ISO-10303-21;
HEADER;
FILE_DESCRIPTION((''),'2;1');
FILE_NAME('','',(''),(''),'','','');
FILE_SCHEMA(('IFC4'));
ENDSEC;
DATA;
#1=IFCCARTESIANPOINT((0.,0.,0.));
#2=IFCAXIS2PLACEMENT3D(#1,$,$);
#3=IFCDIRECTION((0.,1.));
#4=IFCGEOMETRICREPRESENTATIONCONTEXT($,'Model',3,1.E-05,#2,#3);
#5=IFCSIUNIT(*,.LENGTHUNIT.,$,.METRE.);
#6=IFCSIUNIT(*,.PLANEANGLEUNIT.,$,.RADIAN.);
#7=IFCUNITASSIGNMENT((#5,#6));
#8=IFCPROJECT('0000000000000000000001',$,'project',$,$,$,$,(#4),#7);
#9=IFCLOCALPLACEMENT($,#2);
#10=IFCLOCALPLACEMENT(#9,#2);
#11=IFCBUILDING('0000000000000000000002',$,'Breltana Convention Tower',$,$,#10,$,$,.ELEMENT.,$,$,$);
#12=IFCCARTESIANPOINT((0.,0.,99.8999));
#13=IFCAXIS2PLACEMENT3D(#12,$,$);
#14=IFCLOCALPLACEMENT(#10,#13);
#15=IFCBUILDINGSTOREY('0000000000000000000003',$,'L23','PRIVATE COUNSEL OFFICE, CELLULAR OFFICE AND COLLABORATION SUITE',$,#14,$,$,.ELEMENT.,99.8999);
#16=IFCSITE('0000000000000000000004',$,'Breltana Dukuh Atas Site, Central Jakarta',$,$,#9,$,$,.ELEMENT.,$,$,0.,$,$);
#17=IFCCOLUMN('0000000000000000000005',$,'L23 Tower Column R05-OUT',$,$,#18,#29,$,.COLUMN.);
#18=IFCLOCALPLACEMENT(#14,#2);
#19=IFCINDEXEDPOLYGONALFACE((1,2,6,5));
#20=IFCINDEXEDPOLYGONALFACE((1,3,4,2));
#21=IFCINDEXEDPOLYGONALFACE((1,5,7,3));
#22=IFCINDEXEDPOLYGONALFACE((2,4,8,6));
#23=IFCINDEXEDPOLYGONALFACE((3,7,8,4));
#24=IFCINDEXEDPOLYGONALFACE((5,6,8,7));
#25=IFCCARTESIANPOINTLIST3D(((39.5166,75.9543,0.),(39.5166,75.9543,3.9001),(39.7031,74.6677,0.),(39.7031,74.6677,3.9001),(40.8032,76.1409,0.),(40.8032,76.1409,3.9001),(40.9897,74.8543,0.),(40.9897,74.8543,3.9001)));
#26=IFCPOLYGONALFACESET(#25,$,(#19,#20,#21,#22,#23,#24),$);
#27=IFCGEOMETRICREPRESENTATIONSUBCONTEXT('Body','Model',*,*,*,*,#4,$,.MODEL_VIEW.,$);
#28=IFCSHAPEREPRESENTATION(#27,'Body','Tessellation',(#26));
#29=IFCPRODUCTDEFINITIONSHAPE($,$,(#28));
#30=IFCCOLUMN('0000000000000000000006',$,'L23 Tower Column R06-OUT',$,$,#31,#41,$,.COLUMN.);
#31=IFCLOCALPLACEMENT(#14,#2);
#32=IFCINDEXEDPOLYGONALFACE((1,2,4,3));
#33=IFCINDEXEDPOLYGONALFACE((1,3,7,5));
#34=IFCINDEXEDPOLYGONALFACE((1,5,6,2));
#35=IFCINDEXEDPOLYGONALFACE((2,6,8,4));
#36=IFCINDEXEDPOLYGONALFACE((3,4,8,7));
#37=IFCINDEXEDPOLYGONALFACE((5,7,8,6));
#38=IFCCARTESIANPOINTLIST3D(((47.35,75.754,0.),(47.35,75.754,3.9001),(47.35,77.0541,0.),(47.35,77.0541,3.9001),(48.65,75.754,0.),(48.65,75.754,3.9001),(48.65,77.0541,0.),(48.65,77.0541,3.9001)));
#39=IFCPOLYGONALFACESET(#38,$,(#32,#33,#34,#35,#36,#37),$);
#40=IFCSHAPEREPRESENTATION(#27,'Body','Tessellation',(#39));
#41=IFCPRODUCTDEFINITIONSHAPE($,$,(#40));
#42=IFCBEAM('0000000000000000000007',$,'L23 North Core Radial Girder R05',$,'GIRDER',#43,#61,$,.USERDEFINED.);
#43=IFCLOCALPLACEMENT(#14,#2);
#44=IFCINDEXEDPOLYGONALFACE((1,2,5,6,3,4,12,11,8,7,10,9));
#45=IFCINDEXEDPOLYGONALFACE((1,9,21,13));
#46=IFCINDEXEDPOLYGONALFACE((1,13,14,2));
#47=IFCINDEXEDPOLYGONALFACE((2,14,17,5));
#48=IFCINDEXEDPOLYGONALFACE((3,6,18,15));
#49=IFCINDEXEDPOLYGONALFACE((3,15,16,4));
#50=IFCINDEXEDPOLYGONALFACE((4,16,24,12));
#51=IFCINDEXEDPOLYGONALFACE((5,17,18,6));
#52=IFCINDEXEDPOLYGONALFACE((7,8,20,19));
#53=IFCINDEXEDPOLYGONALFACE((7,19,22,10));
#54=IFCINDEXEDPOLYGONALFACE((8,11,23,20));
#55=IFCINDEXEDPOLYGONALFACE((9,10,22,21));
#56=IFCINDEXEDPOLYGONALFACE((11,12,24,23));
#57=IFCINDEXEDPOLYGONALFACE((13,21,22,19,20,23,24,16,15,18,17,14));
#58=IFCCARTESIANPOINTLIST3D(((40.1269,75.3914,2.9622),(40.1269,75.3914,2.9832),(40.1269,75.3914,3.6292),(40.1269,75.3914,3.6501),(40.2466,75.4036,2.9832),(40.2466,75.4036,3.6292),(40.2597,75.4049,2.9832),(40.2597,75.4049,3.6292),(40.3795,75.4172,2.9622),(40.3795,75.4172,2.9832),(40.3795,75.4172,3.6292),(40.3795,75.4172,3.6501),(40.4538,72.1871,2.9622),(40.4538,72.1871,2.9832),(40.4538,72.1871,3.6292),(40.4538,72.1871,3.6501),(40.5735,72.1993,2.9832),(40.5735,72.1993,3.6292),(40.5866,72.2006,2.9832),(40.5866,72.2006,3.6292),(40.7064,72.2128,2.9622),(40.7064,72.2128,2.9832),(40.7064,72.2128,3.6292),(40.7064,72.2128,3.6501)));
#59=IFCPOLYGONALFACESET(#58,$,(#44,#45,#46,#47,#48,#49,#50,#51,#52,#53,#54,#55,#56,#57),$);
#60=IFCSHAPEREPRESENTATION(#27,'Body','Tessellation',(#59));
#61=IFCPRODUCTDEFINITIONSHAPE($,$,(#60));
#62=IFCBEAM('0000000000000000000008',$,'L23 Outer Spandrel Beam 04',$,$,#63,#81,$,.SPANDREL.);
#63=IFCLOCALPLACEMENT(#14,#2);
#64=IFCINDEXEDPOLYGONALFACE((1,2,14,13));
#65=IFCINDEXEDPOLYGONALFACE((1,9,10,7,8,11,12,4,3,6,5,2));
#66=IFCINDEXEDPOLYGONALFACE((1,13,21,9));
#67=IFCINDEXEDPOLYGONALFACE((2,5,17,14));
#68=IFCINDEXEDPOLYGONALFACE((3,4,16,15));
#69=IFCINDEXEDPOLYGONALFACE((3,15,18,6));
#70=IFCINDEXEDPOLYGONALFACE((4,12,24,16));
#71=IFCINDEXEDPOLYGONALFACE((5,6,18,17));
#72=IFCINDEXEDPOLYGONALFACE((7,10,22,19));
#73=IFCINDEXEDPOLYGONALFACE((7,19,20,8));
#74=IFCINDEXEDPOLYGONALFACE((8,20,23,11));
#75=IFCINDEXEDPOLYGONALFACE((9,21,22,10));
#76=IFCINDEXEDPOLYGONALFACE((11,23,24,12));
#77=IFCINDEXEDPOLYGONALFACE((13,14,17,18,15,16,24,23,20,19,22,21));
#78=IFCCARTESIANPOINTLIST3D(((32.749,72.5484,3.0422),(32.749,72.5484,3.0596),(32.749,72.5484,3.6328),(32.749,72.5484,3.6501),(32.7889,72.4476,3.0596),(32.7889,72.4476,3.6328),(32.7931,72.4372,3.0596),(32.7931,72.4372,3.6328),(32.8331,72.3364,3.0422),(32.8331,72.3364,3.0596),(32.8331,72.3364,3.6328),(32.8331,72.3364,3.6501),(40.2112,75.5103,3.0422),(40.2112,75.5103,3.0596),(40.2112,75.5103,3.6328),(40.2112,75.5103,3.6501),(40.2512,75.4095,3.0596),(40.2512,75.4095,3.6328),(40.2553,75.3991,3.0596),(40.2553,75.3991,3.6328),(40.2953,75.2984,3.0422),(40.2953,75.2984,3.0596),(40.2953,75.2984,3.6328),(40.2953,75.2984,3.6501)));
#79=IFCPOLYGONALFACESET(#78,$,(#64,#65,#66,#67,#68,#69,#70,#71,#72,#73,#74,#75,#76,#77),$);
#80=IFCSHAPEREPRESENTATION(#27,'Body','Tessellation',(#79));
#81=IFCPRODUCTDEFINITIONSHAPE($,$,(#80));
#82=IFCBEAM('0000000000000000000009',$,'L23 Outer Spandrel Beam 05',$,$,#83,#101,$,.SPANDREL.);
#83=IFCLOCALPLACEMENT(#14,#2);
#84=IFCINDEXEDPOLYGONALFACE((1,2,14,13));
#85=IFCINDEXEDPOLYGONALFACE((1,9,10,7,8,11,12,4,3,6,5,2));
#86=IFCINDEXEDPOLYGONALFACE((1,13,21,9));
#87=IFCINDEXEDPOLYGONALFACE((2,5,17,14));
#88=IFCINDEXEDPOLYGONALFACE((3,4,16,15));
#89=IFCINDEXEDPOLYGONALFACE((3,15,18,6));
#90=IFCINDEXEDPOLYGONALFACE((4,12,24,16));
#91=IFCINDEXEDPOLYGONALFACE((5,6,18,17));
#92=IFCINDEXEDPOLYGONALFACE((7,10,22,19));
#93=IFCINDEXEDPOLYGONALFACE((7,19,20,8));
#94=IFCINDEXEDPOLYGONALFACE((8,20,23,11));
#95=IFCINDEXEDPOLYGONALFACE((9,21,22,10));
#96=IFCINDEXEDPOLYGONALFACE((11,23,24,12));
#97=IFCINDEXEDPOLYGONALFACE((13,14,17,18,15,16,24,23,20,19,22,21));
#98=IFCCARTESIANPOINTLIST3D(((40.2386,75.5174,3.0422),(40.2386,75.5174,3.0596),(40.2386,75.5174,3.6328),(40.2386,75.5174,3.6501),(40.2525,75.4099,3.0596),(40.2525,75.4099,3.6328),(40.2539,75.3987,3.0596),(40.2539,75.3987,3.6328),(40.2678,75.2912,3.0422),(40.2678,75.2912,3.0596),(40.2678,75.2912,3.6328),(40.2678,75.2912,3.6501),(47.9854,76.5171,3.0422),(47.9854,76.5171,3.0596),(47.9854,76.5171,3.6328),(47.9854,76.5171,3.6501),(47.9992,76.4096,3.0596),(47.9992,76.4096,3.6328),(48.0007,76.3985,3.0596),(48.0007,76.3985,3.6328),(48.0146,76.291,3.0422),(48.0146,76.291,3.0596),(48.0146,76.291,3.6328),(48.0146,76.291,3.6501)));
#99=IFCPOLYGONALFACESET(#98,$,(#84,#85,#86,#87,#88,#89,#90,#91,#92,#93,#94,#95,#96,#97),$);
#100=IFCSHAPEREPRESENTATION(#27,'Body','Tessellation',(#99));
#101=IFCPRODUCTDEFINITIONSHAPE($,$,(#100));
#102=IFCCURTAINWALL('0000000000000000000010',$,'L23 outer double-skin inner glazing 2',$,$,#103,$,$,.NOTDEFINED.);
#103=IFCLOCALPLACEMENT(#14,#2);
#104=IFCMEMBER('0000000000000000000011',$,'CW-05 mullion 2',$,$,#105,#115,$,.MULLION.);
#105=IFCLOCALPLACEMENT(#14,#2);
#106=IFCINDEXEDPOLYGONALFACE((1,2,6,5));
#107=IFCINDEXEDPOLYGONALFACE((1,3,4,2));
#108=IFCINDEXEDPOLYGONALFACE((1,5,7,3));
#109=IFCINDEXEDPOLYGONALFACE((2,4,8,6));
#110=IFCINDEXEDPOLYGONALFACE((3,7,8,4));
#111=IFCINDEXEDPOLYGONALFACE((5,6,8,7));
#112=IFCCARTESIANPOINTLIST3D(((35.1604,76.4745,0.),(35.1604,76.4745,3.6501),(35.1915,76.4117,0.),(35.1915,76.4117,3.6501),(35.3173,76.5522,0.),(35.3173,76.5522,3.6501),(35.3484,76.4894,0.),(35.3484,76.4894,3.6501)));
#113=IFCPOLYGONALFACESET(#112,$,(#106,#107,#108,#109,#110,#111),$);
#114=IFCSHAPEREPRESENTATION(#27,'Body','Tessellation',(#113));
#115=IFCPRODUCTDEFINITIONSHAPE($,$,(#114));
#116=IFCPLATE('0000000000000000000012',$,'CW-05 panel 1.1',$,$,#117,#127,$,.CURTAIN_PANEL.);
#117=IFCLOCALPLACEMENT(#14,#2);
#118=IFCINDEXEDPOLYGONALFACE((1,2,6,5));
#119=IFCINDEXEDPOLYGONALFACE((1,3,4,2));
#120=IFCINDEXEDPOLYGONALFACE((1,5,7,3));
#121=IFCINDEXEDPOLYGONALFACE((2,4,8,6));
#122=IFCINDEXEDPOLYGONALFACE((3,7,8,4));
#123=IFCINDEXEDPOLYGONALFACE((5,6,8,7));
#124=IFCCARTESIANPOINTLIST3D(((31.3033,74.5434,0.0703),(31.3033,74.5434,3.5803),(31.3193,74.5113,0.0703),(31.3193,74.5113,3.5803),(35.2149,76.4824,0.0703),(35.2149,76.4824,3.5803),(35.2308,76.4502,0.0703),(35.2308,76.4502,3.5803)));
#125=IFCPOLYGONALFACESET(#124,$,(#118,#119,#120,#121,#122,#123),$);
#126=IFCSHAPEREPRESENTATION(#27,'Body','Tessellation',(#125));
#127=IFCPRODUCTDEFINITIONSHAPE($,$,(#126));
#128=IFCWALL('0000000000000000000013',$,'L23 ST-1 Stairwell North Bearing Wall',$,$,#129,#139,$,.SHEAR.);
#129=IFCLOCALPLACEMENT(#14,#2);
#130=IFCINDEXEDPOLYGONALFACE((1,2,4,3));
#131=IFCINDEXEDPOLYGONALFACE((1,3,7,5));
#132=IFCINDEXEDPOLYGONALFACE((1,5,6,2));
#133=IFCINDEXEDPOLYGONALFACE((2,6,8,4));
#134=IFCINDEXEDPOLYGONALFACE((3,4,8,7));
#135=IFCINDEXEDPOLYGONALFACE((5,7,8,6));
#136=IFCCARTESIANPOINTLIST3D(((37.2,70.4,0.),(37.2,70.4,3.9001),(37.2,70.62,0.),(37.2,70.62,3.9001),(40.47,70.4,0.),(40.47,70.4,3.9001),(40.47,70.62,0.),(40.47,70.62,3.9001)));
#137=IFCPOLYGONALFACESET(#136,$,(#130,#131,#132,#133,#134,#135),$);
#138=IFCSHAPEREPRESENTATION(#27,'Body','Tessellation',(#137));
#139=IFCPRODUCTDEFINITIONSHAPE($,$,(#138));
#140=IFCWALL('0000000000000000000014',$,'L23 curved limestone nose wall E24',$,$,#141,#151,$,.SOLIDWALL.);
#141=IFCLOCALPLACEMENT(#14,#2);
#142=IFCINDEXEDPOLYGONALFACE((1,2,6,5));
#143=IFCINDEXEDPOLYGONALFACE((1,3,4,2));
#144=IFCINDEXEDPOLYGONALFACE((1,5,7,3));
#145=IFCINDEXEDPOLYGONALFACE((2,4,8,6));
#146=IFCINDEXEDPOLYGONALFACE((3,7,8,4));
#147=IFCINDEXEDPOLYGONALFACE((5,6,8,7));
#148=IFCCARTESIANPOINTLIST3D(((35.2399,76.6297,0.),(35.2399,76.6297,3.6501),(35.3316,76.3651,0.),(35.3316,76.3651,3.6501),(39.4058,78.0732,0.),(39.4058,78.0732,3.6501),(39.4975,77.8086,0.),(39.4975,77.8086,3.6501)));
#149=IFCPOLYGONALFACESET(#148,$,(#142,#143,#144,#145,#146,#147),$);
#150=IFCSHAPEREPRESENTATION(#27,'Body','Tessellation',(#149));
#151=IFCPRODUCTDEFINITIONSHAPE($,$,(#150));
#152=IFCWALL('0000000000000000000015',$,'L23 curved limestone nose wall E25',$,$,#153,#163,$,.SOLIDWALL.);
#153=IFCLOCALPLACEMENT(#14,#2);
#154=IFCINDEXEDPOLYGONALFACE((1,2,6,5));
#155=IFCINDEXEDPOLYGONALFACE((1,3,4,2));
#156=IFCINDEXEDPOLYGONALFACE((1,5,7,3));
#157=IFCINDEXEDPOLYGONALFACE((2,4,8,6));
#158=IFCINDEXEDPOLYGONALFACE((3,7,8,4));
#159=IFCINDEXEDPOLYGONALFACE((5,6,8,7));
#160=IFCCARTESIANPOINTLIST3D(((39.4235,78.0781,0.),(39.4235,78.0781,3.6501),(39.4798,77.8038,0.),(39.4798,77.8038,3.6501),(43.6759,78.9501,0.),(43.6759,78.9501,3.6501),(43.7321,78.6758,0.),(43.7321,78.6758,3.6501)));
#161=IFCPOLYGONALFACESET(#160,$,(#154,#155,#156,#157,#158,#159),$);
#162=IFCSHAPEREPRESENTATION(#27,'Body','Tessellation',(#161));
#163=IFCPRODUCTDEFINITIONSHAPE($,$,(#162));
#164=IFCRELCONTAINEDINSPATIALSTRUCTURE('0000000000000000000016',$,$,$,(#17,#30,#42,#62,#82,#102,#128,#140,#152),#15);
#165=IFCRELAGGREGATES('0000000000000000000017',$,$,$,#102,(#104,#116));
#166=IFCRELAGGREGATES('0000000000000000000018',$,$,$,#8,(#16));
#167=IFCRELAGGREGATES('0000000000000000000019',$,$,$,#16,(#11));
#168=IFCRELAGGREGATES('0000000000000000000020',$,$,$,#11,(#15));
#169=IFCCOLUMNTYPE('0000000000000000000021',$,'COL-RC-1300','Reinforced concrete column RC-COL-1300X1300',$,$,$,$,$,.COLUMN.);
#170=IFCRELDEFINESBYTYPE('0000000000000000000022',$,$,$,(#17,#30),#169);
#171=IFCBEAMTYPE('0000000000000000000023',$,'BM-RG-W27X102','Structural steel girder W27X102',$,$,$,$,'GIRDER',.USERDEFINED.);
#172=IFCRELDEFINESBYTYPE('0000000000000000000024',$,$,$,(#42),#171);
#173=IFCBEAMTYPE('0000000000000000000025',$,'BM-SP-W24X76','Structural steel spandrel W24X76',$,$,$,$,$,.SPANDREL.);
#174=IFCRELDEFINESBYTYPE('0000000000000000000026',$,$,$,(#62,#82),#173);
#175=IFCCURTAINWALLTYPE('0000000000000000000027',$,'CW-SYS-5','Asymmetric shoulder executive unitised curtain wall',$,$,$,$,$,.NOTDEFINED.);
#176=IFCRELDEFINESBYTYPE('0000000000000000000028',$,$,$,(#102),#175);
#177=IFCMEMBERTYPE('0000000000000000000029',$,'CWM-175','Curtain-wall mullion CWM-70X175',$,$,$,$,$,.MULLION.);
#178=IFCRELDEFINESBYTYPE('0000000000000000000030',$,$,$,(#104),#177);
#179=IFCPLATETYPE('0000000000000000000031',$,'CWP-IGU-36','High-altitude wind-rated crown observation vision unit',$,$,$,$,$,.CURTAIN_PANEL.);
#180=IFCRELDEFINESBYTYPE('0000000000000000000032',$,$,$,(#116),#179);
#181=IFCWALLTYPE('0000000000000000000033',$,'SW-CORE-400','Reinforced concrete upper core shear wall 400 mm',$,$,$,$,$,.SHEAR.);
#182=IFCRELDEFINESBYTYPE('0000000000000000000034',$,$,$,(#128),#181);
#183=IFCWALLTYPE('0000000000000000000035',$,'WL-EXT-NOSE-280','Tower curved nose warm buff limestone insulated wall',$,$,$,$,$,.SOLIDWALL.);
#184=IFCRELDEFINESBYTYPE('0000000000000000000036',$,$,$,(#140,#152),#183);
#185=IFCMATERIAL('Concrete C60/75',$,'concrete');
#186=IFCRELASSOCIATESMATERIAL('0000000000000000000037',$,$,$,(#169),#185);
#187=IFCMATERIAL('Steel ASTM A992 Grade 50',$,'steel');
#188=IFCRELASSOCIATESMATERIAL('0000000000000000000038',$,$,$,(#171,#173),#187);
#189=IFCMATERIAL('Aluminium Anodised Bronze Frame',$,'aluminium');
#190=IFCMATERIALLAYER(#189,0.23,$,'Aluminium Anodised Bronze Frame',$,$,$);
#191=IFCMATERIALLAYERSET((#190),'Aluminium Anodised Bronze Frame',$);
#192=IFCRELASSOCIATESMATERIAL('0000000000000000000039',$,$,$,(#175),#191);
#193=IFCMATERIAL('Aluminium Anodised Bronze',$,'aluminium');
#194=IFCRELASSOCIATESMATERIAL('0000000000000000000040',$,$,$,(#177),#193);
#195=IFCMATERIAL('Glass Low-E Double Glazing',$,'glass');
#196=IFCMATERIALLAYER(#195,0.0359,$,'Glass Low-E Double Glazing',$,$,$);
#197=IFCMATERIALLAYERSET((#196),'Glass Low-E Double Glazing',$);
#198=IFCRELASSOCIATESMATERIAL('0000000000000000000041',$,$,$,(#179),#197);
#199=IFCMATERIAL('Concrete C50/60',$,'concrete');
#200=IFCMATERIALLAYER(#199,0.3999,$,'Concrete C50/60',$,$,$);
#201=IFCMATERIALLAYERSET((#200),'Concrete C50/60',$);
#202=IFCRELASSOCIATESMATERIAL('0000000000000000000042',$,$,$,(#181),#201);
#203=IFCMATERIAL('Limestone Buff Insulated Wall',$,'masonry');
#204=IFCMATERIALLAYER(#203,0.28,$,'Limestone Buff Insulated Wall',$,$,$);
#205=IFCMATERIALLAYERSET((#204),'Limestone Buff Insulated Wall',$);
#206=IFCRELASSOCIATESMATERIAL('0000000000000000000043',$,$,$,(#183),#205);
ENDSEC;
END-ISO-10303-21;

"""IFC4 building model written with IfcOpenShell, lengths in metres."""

from ifc_helpers import new_model, si_unit, direction, frame, frame_2d, origin, origin_2d, place, context, subcontext, project, spatial, rectangle, i_section, extrude, source, transform, mapped, material, layer, layer_set, material_profile, profile_set, type_object, element, aggregate, save


model = new_model("IFC4")

# Units and contexts
model_context = context("Model", 3, precision=1e-05, world=origin(), true_north=direction((0.0, 1.0)))
body_context = subcontext(model_context, "Body", "Model", "MODEL_VIEW")
ifc_project = project(units=[si_unit("LENGTHUNIT", "METRE"), si_unit("PLANEANGLEUNIT", "RADIAN")], contexts=[model_context])

# Site, building, storey
site_placement = place(None, origin())
site = spatial("IfcSite", under=ifc_project, at=site_placement, Name="Breltana Dukuh Atas Site, Central Jakarta", CompositionType="ELEMENT", RefElevation=0.0)
building_placement = place(site_placement, origin())
building = spatial("IfcBuilding", under=site, at=building_placement, Name="Breltana Convention Tower", CompositionType="ELEMENT")
storey_placement = place(building_placement, frame((0.0, 0.0, 99.8999)))
storey = spatial("IfcBuildingStorey", under=building, at=storey_placement, Name="L23", Description="PRIVATE COUNSEL OFFICE, CELLULAR OFFICE AND COLLABORATION SUITE", CompositionType="ELEMENT", Elevation=99.8999)

# Columns
ifc_material_1 = material(Name="Concrete C60/75", Category="concrete")
ifc_material_profile_1 = material_profile(ifc_material_1, rectangle(XDim=1.3, YDim=1.3, at=origin_2d()), Name="RC-COL-1300X1300")
ifc_profile_set_1 = profile_set([ifc_material_profile_1], Name="Concrete C60/75")
column_type = type_object("IfcColumnType", Name="COL-RC-1300", Description="Reinforced concrete column RC-COL-1300X1300", PredefinedType="COLUMN", material=ifc_profile_set_1)
shared_shape_1 = source(origin(), body_context, "Body", "SweptSolid", [
    extrude(rectangle(XDim=1.3, YDim=1.3, at=origin_2d()), origin(), (0.0, 0.0, 1.0), 3.9001),
])
for number, where, z_axis, x_axis, name in (
    (1, (40.2532, 75.4043, 0.0), (0.0, 0.0, 1.0), (-0.143493, 0.989651, 0.0), "L23 Tower Column R05-OUT"),
    (2, (48.0, 76.4041, 0.0), (0.0, 0.0, 1.0), (0.0, 1.0, 0.0), "L23 Tower Column R06-OUT"),
):
    element("IfcColumn", number, at=place(storey_placement, frame(where, z_axis=z_axis, x_axis=x_axis)), inside=storey, type_object=column_type, Name=name, PredefinedType="COLUMN", context=body_context, shape_type="MappedRepresentation", body=[
        mapped(shared_shape_1, transform((0.0, 0.0, 0.0), scale=1.0)),
    ])

# Beams
ifc_material_2 = material(Name="Steel ASTM A992 Grade 50", Category="steel")
ifc_material_profile_2 = material_profile(ifc_material_2, i_section(OverallWidth=0.2539, OverallDepth=0.688, WebThickness=0.0132, FlangeThickness=0.021, at=origin_2d()), Name="W27X102")
ifc_profile_set_2 = profile_set([ifc_material_profile_2], Name="Steel ASTM A992 Grade 50")
beam_type_1 = type_object("IfcBeamType", Name="BM-RG-W27X102", Description="Structural steel girder W27X102", ElementType="GIRDER", PredefinedType="USERDEFINED", material=ifc_profile_set_2)
shared_shape_2 = source(origin(), body_context, "Body", "SweptSolid", [
    extrude(i_section(OverallWidth=0.2539, OverallDepth=0.688, WebThickness=0.0132, FlangeThickness=0.021, at=origin_2d()), origin(), (0.0, 0.0, 1.0), 3.2209),
])
beam_1_placement = place(storey_placement, frame((40.5801, 72.2, 3.3062), z_axis=(-0.101492, 0.994836, 0.0), x_axis=(-0.994836, -0.101492, 0.0)))
element("IfcBeam", 3, at=beam_1_placement, inside=storey, type_object=beam_type_1, Name="L23 North Core Radial Girder R05", ObjectType="GIRDER", PredefinedType="USERDEFINED", context=body_context, shape_type="MappedRepresentation", body=[
    mapped(shared_shape_2, transform((0.0, 0.0, 0.0), scale=1.0)),
])
ifc_material_profile_3 = material_profile(ifc_material_2, i_section(OverallWidth=0.228, OverallDepth=0.6079, WebThickness=0.0112, FlangeThickness=0.0173, at=origin_2d()), Name="W24X76")
ifc_profile_set_3 = profile_set([ifc_material_profile_3], Name="Steel ASTM A992 Grade 50")
beam_type_2 = type_object("IfcBeamType", Name="BM-SP-W24X76", Description="Structural steel spandrel W24X76", PredefinedType="SPANDREL", material=ifc_profile_set_3)
shared_shape_3 = source(origin(), body_context, "Body", "SweptSolid", [
    extrude(i_section(OverallWidth=0.228, OverallDepth=0.6079, WebThickness=0.0112, FlangeThickness=0.0173, at=origin_2d()), origin(), (0.0, 0.0, 1.0), 8.0286),
])
beam_2_placement = place(storey_placement, frame((32.791, 72.4424, 3.3462), z_axis=(0.929459, 0.368925, 0.0), x_axis=(-0.368925, 0.929459, 0.0)))
element("IfcBeam", 4, at=beam_2_placement, inside=storey, type_object=beam_type_2, Name="L23 Outer Spandrel Beam 04", PredefinedType="SPANDREL", context=body_context, shape_type="MappedRepresentation", body=[
    mapped(shared_shape_3, transform((0.0, 0.0, 0.0), scale=1.0)),
])
shared_shape_4 = source(origin(), body_context, "Body", "SweptSolid", [
    extrude(i_section(OverallWidth=0.228, OverallDepth=0.6079, WebThickness=0.0112, FlangeThickness=0.0173, at=origin_2d()), origin(), (0.0, 0.0, 1.0), 7.811),
])
beam_3_placement = place(storey_placement, frame((40.2532, 75.4043, 3.3462), z_axis=(0.991775, 0.127992, 0.0), x_axis=(-0.127992, 0.991775, 0.0)))
element("IfcBeam", 5, at=beam_3_placement, inside=storey, type_object=beam_type_2, Name="L23 Outer Spandrel Beam 05", PredefinedType="SPANDREL", context=body_context, shape_type="MappedRepresentation", body=[
    mapped(shared_shape_4, transform((0.0, 0.0, 0.0), scale=1.0)),
])

# Curtain wall, member, plate
ifc_material_3 = material(Name="Aluminium Anodised Bronze Frame", Category="aluminium")
ifc_layer_1 = layer(ifc_material_3, 0.23, Name="Aluminium Anodised Bronze Frame")
ifc_layer_set_1 = layer_set([ifc_layer_1], Name="Aluminium Anodised Bronze Frame")
curtain_wall_type = type_object("IfcCurtainWallType", Name="CW-SYS-5", Description="Asymmetric shoulder executive unitised curtain wall", PredefinedType="NOTDEFINED", material=ifc_layer_set_1)
curtain_wall_placement = place(storey_placement, origin())
curtain_wall = element("IfcCurtainWall", 6, at=curtain_wall_placement, inside=storey, type_object=curtain_wall_type, Name="L23 outer double-skin inner glazing 2", PredefinedType="NOTDEFINED")
ifc_material_4 = material(Name="Aluminium Anodised Bronze", Category="aluminium")
ifc_material_profile_4 = material_profile(ifc_material_4, rectangle(XDim=0.0701, YDim=0.175, at=origin_2d()), Name="CWM-70X175")
ifc_profile_set_4 = profile_set([ifc_material_profile_4], Name="Aluminium Anodised Bronze")
member_type = type_object("IfcMemberType", Name="CWM-175", Description="Curtain-wall mullion CWM-70X175", PredefinedType="MULLION", material=ifc_profile_set_4)
shared_shape_5 = source(origin(), body_context, "Body", "SweptSolid", [
    extrude(rectangle(XDim=0.0701, YDim=0.175, at=origin_2d()), origin(), (0.0, 0.0, 1.0), 3.6501),
])
member_placement = place(storey_placement, frame((35.2544, 76.4819, 0.0), z_axis=(0.0, 0.0, 1.0), x_axis=(-0.444122, 0.895967, 0.0)))
member = element("IfcMember", 7, at=member_placement, type_object=member_type, Name="CW-05 mullion 2", PredefinedType="MULLION", context=body_context, shape_type="MappedRepresentation", body=[
    mapped(shared_shape_5, transform((0.0, 0.0, 0.0), scale=1.0)),
])
ifc_material_5 = material(Name="Glass Low-E Double Glazing", Category="glass")
ifc_layer_2 = layer(ifc_material_5, 0.0359, Name="Glass Low-E Double Glazing")
ifc_layer_set_2 = layer_set([ifc_layer_2], Name="Glass Low-E Double Glazing")
plate_type = type_object("IfcPlateType", Name="CWP-IGU-36", Description="High-altitude wind-rated crown observation vision unit", PredefinedType="CURTAIN_PANEL", material=ifc_layer_set_2)
shared_shape_6 = source(origin(), body_context, "Body", "SweptSolid", [
    extrude(rectangle(XDim=4.3657, YDim=0.0359, at=origin_2d()), origin(), (0.0, 0.0, 1.0), 3.51),
])
plate_placement = place(storey_placement, frame((33.2671, 75.4968, 0.0703), z_axis=(0.0, 0.0, 1.0), x_axis=(0.895967, 0.444122, 0.0)))
plate = element("IfcPlate", 8, at=plate_placement, type_object=plate_type, Name="CW-05 panel 1.1", PredefinedType="CURTAIN_PANEL", context=body_context, shape_type="MappedRepresentation", body=[
    mapped(shared_shape_6, transform((0.0, 0.0, 0.0), scale=1.0)),
])
aggregate(curtain_wall, [member, plate])

# Walls
ifc_material_6 = material(Name="Concrete C50/60", Category="concrete")
ifc_layer_3 = layer(ifc_material_6, 0.3999, Name="Concrete C50/60")
ifc_layer_set_3 = layer_set([ifc_layer_3], Name="Concrete C50/60")
wall_type_1 = type_object("IfcWallType", Name="SW-CORE-400", Description="Reinforced concrete upper core shear wall 400 mm", PredefinedType="SHEAR", material=ifc_layer_set_3)
shared_shape_7 = source(origin(), body_context, "Body", "SweptSolid", [
    extrude(rectangle(XDim=3.27, YDim=0.22, at=frame_2d((1.635, 0.0))), origin(), (0.0, 0.0, 1.0), 3.9001),
])
wall_1_placement = place(storey_placement, frame((37.2, 70.51, 0.0), z_axis=(0.0, 0.0, 1.0), x_axis=(1.0, 0.0, 0.0)))
element("IfcWall", 9, at=wall_1_placement, inside=storey, type_object=wall_type_1, Name="L23 ST-1 Stairwell North Bearing Wall", PredefinedType="SHEAR", context=body_context, shape_type="MappedRepresentation", body=[
    mapped(shared_shape_7, transform((0.0, 0.0, 0.0), scale=1.0)),
])
ifc_material_7 = material(Name="Limestone Buff Insulated Wall", Category="masonry")
ifc_layer_4 = layer(ifc_material_7, 0.28, Name="Limestone Buff Insulated Wall")
ifc_layer_set_4 = layer_set([ifc_layer_4], Name="Limestone Buff Insulated Wall")
wall_type_2 = type_object("IfcWallType", Name="WL-EXT-NOSE-280", Description="Tower curved nose warm buff limestone insulated wall", PredefinedType="SOLIDWALL", material=ifc_layer_set_4)
shared_shape_8 = source(origin(), body_context, "Body", "SweptSolid", [
    extrude(rectangle(XDim=4.4089, YDim=0.28, at=frame_2d((2.2046, 0.0))), origin(), (0.0, 0.0, 1.0), 3.6501),
])
wall_2_placement = place(storey_placement, frame((35.2856, 76.4973, 0.0), z_axis=(0.0, 0.0, 1.0), x_axis=(0.944879, 0.327419, 0.0)))
element("IfcWall", 10, at=wall_2_placement, inside=storey, type_object=wall_type_2, Name="L23 curved limestone nose wall E24", PredefinedType="SOLIDWALL", context=body_context, shape_type="MappedRepresentation", body=[
    mapped(shared_shape_8, transform((0.0, 0.0, 0.0), scale=1.0)),
])
shared_shape_9 = source(origin(), body_context, "Body", "SweptSolid", [
    extrude(rectangle(XDim=4.3408, YDim=0.28, at=frame_2d((2.1704, 0.0))), origin(), (0.0, 0.0, 1.0), 3.6501),
])
wall_3_placement = place(storey_placement, frame((39.4517, 77.9409, 0.0), z_axis=(0.0, 0.0, 1.0), x_axis=(0.979613, 0.200894, 0.0)))
element("IfcWall", 11, at=wall_3_placement, inside=storey, type_object=wall_type_2, Name="L23 curved limestone nose wall E25", PredefinedType="SOLIDWALL", context=body_context, shape_type="MappedRepresentation", body=[
    mapped(shared_shape_9, transform((0.0, 0.0, 0.0), scale=1.0)),
])

save(model, "model.ifc")
